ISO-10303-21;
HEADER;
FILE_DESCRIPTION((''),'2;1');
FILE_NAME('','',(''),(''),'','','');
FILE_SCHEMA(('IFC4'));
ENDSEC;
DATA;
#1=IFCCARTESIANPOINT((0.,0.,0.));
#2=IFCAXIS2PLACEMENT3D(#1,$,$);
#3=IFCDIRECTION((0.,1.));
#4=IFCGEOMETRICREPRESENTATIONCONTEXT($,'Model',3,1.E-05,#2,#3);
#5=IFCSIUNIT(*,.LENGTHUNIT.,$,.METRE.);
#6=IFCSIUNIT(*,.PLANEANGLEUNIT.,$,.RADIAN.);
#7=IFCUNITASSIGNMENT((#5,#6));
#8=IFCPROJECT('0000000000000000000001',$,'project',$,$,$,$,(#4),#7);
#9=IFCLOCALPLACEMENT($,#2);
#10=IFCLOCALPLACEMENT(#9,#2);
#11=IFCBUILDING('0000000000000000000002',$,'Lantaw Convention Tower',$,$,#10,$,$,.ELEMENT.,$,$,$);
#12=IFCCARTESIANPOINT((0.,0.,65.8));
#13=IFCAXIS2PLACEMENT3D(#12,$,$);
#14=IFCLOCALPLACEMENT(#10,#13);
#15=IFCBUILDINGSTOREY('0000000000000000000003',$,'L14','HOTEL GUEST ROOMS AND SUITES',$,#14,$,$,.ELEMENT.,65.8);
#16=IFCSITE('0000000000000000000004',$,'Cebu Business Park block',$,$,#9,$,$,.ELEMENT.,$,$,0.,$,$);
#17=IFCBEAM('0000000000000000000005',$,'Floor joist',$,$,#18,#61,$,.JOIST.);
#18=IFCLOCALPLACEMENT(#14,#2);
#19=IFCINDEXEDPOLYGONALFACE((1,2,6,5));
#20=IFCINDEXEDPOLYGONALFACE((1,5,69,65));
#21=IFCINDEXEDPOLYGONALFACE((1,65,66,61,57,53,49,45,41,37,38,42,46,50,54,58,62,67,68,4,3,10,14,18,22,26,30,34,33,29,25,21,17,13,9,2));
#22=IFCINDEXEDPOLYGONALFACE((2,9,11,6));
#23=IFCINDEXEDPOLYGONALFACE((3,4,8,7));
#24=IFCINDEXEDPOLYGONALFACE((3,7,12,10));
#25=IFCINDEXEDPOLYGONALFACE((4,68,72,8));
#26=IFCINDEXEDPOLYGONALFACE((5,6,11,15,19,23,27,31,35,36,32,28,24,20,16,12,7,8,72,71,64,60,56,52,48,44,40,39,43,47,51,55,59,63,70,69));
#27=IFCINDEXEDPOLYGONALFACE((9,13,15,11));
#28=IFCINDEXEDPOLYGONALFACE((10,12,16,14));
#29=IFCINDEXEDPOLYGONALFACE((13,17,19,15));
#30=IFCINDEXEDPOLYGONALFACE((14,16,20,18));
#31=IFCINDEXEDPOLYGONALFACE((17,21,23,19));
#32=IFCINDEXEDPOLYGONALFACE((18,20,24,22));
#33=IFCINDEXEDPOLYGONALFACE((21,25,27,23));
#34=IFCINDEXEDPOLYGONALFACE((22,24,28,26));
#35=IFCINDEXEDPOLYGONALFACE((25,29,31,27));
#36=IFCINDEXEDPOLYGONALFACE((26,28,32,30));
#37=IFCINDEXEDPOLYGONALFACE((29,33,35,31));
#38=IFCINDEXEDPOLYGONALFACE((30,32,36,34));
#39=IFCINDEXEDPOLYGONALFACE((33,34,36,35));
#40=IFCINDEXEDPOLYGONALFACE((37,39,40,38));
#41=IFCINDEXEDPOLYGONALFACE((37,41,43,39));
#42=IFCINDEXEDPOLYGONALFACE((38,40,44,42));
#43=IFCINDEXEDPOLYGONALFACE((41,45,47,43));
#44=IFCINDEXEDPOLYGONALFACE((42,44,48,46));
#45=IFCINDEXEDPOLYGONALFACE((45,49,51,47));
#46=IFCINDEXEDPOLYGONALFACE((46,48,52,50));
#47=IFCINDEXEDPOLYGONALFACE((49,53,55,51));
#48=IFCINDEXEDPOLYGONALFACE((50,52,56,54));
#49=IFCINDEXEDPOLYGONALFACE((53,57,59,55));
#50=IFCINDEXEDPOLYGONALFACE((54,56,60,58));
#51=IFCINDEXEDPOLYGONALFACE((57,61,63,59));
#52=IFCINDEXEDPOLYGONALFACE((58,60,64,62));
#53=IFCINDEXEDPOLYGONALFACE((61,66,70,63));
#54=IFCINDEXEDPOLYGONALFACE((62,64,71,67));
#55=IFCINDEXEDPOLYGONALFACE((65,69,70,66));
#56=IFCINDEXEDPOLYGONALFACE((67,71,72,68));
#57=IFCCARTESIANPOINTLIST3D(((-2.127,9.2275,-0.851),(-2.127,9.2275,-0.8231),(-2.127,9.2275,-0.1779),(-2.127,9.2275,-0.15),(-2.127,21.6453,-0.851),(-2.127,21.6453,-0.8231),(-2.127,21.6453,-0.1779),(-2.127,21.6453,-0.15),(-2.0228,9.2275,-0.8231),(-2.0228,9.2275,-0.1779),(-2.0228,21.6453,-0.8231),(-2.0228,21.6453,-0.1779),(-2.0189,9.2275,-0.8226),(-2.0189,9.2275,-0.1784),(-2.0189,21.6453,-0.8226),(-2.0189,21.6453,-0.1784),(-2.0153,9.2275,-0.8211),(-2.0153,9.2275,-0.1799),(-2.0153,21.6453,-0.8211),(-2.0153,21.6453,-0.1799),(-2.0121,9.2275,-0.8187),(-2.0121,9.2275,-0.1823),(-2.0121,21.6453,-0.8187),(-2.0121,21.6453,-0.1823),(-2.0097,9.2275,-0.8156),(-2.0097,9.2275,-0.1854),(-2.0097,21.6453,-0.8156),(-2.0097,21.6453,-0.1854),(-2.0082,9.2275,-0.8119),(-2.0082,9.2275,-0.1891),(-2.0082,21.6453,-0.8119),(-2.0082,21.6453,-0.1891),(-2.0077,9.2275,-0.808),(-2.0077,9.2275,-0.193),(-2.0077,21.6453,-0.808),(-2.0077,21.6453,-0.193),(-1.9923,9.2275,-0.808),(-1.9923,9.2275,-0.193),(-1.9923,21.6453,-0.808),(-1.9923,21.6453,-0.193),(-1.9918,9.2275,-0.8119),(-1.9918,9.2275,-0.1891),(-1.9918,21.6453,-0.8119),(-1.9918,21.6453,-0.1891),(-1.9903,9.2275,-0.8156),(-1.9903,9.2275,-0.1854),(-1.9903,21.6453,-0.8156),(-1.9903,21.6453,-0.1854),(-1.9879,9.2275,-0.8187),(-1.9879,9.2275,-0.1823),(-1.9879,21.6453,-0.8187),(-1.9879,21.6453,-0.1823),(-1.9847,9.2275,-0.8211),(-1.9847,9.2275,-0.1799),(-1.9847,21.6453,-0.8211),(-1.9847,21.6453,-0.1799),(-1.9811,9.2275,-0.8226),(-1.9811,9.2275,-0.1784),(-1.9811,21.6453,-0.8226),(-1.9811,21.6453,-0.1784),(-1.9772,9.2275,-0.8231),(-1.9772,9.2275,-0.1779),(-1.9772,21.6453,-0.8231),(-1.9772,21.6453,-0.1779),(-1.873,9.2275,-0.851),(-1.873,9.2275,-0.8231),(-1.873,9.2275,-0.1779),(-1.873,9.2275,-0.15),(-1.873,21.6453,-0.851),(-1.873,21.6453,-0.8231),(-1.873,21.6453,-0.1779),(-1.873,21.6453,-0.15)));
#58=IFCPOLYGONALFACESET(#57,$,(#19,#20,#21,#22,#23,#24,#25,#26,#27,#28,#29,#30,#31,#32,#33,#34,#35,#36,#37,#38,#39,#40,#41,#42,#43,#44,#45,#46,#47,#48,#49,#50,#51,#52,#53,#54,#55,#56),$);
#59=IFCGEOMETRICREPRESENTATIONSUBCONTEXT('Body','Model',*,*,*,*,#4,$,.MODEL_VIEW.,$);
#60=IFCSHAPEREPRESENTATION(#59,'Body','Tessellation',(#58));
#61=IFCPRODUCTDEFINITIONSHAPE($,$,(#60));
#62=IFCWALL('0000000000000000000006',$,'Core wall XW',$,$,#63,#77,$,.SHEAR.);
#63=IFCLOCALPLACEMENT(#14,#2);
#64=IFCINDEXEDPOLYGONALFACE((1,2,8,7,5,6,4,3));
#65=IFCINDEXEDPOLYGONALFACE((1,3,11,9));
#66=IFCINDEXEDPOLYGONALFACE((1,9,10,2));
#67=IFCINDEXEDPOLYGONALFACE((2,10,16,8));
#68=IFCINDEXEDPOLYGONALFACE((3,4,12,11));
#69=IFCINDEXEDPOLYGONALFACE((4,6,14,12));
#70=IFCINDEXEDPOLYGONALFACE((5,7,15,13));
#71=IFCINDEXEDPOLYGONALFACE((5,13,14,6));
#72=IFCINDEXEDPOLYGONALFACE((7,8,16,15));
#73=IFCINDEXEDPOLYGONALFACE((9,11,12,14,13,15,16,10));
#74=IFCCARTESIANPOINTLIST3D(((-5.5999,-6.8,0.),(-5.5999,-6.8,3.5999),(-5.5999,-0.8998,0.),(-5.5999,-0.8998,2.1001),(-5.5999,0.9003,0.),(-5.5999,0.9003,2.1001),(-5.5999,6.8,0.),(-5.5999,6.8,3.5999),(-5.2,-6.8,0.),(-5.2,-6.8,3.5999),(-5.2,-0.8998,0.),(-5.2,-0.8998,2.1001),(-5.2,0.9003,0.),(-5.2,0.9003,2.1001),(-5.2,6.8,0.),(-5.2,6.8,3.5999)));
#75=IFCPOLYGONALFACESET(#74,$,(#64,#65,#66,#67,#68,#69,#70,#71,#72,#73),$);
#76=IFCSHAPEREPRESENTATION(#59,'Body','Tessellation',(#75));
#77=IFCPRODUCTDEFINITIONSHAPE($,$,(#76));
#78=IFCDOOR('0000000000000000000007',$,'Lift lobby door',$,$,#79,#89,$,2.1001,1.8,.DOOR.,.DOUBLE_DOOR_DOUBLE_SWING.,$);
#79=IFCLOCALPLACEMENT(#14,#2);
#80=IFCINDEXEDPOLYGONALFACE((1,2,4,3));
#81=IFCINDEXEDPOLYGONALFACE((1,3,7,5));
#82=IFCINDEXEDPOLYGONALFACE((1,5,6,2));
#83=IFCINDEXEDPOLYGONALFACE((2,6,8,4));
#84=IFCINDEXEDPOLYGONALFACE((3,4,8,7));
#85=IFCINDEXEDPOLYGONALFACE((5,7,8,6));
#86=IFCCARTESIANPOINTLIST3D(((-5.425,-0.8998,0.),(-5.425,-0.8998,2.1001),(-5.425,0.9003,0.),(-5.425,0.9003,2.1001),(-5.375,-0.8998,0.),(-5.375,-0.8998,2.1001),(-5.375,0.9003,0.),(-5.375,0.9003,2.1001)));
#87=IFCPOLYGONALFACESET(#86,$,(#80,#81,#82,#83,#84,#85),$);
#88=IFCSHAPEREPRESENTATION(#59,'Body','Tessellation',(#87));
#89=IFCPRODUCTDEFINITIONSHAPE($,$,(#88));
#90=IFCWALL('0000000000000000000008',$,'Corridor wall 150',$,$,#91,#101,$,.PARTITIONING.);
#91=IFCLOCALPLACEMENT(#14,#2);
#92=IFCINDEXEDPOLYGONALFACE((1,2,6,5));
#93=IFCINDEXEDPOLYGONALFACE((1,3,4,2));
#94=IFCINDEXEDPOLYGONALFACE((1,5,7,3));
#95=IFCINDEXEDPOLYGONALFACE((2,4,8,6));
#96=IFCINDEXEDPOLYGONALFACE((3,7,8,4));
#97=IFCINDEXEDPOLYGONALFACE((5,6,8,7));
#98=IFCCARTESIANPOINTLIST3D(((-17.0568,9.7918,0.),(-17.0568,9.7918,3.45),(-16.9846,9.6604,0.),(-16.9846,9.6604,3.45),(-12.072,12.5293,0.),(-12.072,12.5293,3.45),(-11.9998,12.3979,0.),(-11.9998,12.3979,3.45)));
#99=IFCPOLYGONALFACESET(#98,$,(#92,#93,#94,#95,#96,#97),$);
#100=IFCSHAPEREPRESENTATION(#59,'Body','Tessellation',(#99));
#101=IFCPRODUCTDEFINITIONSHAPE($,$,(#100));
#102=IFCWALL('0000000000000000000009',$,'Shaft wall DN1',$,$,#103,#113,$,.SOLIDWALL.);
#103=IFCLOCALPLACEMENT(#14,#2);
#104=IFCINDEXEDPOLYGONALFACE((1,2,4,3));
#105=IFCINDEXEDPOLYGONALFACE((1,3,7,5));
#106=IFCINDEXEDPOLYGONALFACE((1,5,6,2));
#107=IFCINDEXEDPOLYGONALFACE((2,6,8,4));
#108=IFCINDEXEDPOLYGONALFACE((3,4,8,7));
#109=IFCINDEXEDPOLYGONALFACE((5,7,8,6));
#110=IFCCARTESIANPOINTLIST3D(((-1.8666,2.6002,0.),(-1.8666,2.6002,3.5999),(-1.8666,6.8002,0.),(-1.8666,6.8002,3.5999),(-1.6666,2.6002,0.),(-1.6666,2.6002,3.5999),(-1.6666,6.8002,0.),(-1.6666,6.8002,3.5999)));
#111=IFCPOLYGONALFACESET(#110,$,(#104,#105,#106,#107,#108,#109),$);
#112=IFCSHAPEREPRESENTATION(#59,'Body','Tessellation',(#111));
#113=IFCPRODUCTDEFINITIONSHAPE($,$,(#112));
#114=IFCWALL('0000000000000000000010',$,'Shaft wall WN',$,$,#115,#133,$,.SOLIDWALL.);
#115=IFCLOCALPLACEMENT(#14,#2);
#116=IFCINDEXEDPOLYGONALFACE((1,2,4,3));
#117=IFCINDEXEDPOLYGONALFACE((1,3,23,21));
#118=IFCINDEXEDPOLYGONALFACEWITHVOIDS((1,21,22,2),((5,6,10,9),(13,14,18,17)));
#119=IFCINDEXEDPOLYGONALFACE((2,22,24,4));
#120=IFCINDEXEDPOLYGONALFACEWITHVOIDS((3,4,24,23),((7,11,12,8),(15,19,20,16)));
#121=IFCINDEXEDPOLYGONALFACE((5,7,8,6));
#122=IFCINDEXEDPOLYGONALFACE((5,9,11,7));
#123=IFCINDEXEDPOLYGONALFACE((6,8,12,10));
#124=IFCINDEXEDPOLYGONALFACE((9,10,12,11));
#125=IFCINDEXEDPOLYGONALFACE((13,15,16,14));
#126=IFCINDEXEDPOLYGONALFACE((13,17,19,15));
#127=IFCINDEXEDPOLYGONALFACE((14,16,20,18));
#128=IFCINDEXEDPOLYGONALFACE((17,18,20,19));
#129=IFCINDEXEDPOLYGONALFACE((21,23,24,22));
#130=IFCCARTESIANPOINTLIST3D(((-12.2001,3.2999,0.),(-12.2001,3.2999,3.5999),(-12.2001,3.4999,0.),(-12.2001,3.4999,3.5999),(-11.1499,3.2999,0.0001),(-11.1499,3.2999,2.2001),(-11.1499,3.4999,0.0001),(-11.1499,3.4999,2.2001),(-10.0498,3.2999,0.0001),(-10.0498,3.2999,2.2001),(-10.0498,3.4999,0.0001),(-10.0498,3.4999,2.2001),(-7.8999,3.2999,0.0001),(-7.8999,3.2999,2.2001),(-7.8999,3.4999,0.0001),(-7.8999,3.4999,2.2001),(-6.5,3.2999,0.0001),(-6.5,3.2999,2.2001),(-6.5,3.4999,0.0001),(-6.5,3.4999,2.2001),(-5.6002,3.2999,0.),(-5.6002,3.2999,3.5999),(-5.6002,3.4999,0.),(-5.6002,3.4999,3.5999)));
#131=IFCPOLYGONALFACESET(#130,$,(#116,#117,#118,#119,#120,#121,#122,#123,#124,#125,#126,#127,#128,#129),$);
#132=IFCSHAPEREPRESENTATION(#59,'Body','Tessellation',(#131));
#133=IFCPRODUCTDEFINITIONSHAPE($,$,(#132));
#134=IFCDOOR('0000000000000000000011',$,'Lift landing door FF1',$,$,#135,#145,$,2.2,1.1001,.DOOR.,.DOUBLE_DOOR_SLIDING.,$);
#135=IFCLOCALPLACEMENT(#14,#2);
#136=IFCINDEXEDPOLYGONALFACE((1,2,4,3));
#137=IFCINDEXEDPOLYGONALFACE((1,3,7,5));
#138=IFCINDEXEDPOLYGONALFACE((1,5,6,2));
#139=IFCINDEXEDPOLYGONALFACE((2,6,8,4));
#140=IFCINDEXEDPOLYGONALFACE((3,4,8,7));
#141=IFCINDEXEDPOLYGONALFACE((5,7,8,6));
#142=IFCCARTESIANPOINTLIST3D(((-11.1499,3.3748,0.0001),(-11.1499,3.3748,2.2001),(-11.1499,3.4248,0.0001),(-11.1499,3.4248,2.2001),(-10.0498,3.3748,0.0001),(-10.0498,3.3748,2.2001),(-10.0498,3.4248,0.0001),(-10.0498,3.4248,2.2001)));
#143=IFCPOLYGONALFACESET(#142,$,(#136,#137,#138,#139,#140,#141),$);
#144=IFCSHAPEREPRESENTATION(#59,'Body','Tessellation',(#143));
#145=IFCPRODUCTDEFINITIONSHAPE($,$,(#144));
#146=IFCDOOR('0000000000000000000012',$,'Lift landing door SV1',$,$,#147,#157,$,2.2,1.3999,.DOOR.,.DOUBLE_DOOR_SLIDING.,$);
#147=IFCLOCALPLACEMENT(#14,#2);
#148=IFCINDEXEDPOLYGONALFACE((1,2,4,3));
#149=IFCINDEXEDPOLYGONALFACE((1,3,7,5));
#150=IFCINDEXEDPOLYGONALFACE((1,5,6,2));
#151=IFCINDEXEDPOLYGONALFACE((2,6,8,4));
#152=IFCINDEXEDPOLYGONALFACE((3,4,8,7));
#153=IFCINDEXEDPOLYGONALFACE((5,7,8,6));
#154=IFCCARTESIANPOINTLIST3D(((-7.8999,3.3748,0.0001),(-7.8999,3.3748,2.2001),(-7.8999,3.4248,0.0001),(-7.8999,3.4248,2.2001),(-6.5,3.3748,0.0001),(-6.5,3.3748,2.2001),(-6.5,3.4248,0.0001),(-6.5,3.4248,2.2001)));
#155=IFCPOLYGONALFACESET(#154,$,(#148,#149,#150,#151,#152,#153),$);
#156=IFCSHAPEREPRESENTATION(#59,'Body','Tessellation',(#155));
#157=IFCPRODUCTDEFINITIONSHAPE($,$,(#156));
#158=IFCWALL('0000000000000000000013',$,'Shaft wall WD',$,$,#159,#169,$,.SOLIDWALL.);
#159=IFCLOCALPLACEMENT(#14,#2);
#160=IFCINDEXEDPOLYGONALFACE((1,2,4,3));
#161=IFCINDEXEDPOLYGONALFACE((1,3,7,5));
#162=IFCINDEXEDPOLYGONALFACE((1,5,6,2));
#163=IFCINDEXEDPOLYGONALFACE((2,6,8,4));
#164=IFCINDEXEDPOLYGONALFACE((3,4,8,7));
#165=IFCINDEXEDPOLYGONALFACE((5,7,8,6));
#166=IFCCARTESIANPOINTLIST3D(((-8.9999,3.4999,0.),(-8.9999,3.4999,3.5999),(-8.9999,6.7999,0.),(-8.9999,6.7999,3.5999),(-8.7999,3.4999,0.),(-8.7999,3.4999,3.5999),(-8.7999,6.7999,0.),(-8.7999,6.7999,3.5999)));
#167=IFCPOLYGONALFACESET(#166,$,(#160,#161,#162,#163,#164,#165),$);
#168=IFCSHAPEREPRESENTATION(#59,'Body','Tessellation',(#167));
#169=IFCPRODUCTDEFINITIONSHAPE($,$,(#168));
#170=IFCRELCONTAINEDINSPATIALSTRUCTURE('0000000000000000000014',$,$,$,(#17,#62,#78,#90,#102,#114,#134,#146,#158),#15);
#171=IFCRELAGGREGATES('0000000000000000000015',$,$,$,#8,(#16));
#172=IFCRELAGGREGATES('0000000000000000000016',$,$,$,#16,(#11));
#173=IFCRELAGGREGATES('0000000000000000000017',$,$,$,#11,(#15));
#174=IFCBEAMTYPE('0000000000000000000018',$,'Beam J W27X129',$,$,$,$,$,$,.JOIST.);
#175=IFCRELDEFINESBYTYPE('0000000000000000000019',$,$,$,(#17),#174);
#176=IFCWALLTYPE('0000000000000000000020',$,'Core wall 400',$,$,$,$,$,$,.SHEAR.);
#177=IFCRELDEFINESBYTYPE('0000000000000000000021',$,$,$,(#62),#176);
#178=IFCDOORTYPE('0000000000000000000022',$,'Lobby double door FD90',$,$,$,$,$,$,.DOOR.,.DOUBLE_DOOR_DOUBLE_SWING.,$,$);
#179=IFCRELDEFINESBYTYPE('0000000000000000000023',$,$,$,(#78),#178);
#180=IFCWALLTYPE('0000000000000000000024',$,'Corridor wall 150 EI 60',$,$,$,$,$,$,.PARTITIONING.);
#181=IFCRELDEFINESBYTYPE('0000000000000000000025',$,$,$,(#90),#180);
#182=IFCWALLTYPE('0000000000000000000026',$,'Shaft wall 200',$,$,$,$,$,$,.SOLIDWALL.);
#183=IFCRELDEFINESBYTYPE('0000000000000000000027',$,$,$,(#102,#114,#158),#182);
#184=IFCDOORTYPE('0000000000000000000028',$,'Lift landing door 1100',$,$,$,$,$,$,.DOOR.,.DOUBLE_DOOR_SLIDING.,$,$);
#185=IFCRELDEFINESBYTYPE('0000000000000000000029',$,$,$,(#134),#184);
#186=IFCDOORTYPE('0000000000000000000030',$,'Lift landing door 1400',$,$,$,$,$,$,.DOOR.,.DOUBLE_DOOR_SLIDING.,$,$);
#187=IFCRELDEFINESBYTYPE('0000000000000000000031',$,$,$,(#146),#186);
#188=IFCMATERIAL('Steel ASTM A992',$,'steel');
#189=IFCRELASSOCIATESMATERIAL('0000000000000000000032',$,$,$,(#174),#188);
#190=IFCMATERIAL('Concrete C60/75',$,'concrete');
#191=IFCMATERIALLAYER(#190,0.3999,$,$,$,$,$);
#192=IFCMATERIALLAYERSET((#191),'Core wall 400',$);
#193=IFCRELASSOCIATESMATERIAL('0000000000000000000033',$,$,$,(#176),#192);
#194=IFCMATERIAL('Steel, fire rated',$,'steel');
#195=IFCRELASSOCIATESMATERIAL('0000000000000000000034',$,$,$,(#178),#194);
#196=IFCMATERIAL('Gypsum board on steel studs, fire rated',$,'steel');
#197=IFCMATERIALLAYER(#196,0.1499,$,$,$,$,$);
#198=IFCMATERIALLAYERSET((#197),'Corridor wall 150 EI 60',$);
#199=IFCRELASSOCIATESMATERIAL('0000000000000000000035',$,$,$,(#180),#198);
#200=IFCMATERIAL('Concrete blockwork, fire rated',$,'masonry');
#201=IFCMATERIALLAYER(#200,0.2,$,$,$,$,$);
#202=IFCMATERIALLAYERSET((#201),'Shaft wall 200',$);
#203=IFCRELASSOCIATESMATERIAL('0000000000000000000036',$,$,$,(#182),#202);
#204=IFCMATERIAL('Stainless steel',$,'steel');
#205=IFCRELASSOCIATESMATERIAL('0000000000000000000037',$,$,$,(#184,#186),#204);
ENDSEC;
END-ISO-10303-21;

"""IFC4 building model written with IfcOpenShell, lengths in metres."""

from ifc_helpers import new_model, si_unit, direction, frame, frame_2d, origin, origin_2d, place, context, subcontext, project, spatial, rectangle, i_section, extrude, material, layer, layer_set, material_profile, profile_set, type_object, element, fill, save


model = new_model("IFC4")

# Units and contexts
model_context = context("Model", 3, precision=1e-05, world=origin(), true_north=direction((0.0, 1.0)))
body_context = subcontext(model_context, "Body", "Model", "MODEL_VIEW")
ifc_project = project(units=[si_unit("LENGTHUNIT", "METRE"), si_unit("PLANEANGLEUNIT", "RADIAN")], contexts=[model_context])

# Site, building, storey
site_placement = place(None, origin())
site = spatial("IfcSite", under=ifc_project, at=site_placement, Name="Cebu Business Park block", CompositionType="ELEMENT", RefElevation=0.0)
building_placement = place(site_placement, origin())
building = spatial("IfcBuilding", under=site, at=building_placement, Name="Lantaw Convention Tower", CompositionType="ELEMENT")
storey_placement = place(building_placement, frame((0.0, 0.0, 65.8)))
storey = spatial("IfcBuildingStorey", under=building, at=storey_placement, Name="L14", Description="HOTEL GUEST ROOMS AND SUITES", CompositionType="ELEMENT", Elevation=65.8)

# Beam
ifc_material_1 = material(Name="Steel ASTM A992", Category="steel")
ifc_material_profile_1 = material_profile(ifc_material_1, i_section(OverallWidth=0.2539, OverallDepth=0.7009, WebThickness=0.0154, FlangeThickness=0.0278, FilletRadius=0.0151, at=origin_2d()), Name="W27X129")
ifc_profile_set_1 = profile_set([ifc_material_profile_1], Name="Steel ASTM A992")
beam_type_1 = type_object("IfcBeamType", Name="Beam J W27X129", PredefinedType="JOIST", material=ifc_profile_set_1)
beam_1_placement = place(storey_placement, frame((-2.0, 9.2275, -0.5005), z_axis=(0.0, 1.0, 0.0), x_axis=(-1.0, 0.0, 0.0)))
element("IfcBeam", 1, at=beam_1_placement, inside=storey, type_object=beam_type_1, Name="Floor joist", PredefinedType="JOIST", context=body_context, shape_type="SweptSolid", body=[
    extrude(i_section(OverallWidth=0.2539, OverallDepth=0.7009, WebThickness=0.0154, FlangeThickness=0.0278, FilletRadius=0.0151, at=origin_2d()), origin(), (0.0, 0.0, 1.0), 12.4177),
])

# Wall, opening, door
ifc_material_2 = material(Name="Concrete C60/75", Category="concrete")
ifc_layer_1 = layer(ifc_material_2, 0.3999)
ifc_layer_set_1 = layer_set([ifc_layer_1], Name="Core wall 400")
wall_type_1 = type_object("IfcWallType", Name="Core wall 400", PredefinedType="SHEAR", material=ifc_layer_set_1)
wall_1_placement = place(storey_placement, frame((-5.3999, 6.8, 0.0), z_axis=(0.0, 0.0, 1.0), x_axis=(0.0, -1.0, 0.0)))
wall_1 = element("IfcWall", 2, at=wall_1_placement, inside=storey, type_object=wall_type_1, Name="Core wall XW", PredefinedType="SHEAR", context=body_context, shape_type="SweptSolid", body=[
    extrude(rectangle(XDim=13.6001, YDim=0.3999, at=frame_2d((6.8, 0.0))), origin(), (0.0, 0.0, 1.0), 3.5999),
])
opening_1_placement = place(wall_1_placement, frame((5.8999, 0.0, 0.0)))
opening_1 = element("IfcOpeningElement", 3, at=opening_1_placement, cuts=wall_1, PredefinedType="OPENING", context=body_context, shape_type="SweptSolid", body=[
    extrude(rectangle(XDim=1.8, YDim=2.1001, at=frame_2d((0.8999, 1.05))), frame((0.0, 0.21, 0.0), z_axis=(0.0, -1.0, 0.0), x_axis=(1.0, 0.0, 0.0)), (0.0, 0.0, 1.0), 0.4199),
])
ifc_material_3 = material(Name="Steel, fire rated", Category="steel")
door_type_1 = type_object("IfcDoorType", Name="Lobby double door FD90", OperationType="DOUBLE_DOOR_DOUBLE_SWING", PredefinedType="DOOR", material=ifc_material_3)
door_1_placement = place(opening_1_placement, origin())
door_1 = element("IfcDoor", 4, at=door_1_placement, inside=storey, type_object=door_type_1, Name="Lift lobby door", OperationType="DOUBLE_DOOR_DOUBLE_SWING", OverallHeight=2.1001, OverallWidth=1.8, PredefinedType="DOOR", context=body_context, shape_type="SweptSolid", body=[
    extrude(rectangle(XDim=1.8, YDim=2.1001, at=frame_2d((0.8999, 1.05))), frame((0.0, 0.0249, 0.0), z_axis=(0.0, -1.0, 0.0), x_axis=(1.0, 0.0, 0.0)), (0.0, 0.0, 1.0), 0.05),
])
fill(opening_1, door_1)

# Walls
ifc_material_4 = material(Name="Gypsum board on steel studs, fire rated", Category="steel")
ifc_layer_2 = layer(ifc_material_4, 0.1499)
ifc_layer_set_2 = layer_set([ifc_layer_2], Name="Corridor wall 150 EI 60")
wall_type_2 = type_object("IfcWallType", Name="Corridor wall 150 EI 60", PredefinedType="PARTITIONING", material=ifc_layer_set_2)
wall_2_placement = place(storey_placement, frame((-12.0359, 12.4636, 0.0), z_axis=(0.0, 0.0, 1.0), x_axis=(-0.876522, -0.481362, 0.0)))
element("IfcWall", 5, at=wall_2_placement, inside=storey, type_object=wall_type_2, Name="Corridor wall 150", PredefinedType="PARTITIONING", context=body_context, shape_type="SweptSolid", body=[
    extrude(rectangle(XDim=5.687, YDim=0.1499, at=frame_2d((2.8435, 0.0))), origin(), (0.0, 0.0, 1.0), 3.45),
])
ifc_material_5 = material(Name="Concrete blockwork, fire rated", Category="masonry")
ifc_layer_3 = layer(ifc_material_5, 0.2)
ifc_layer_set_3 = layer_set([ifc_layer_3], Name="Shaft wall 200")
wall_type_3 = type_object("IfcWallType", Name="Shaft wall 200", PredefinedType="SOLIDWALL", material=ifc_layer_set_3)
wall_3_placement = place(storey_placement, frame((-1.7666, 2.6001, 0.0), z_axis=(0.0, 0.0, 1.0), x_axis=(0.0, 1.0, 0.0)))
element("IfcWall", 6, at=wall_3_placement, inside=storey, type_object=wall_type_3, Name="Shaft wall DN1", PredefinedType="SOLIDWALL", context=body_context, shape_type="SweptSolid", body=[
    extrude(rectangle(XDim=4.2, YDim=0.2, at=frame_2d((2.1001, 0.0))), origin(), (0.0, 0.0, 1.0), 3.5999),
])

# Wall, openings, doors
wall_4_placement = place(storey_placement, frame((-12.2, 3.3999, 0.0), z_axis=(0.0, 0.0, 1.0), x_axis=(1.0, 0.0, 0.0)))
wall_4 = element("IfcWall", 7, at=wall_4_placement, inside=storey, type_object=wall_type_3, Name="Shaft wall WN", PredefinedType="SOLIDWALL", context=body_context, shape_type="SweptSolid", body=[
    extrude(rectangle(XDim=6.5999, YDim=0.2, at=frame_2d((3.2998, 0.0))), origin(), (0.0, 0.0, 1.0), 3.5999),
])
opening_2_placement = place(wall_4_placement, frame((1.05, 0.0, 0.0)))
opening_2 = element("IfcOpeningElement", 8, at=opening_2_placement, cuts=wall_4, PredefinedType="OPENING", context=body_context, shape_type="SweptSolid", body=[
    extrude(rectangle(XDim=1.1001, YDim=2.2, at=frame_2d((0.55, 1.1001))), frame((0.0, 0.1099, 0.0), z_axis=(0.0, -1.0, 0.0), x_axis=(1.0, 0.0, 0.0)), (0.0, 0.0, 1.0), 0.22),
])
opening_3_placement = place(wall_4_placement, frame((4.3, 0.0, 0.0)))
opening_3 = element("IfcOpeningElement", 9, at=opening_3_placement, cuts=wall_4, PredefinedType="OPENING", context=body_context, shape_type="SweptSolid", body=[
    extrude(rectangle(XDim=1.3999, YDim=2.2, at=frame_2d((0.7, 1.1001))), frame((0.0, 0.1099, 0.0), z_axis=(0.0, -1.0, 0.0), x_axis=(1.0, 0.0, 0.0)), (0.0, 0.0, 1.0), 0.22),
])
ifc_material_6 = material(Name="Stainless steel", Category="steel")
door_type_2 = type_object("IfcDoorType", Name="Lift landing door 1100", OperationType="DOUBLE_DOOR_SLIDING", PredefinedType="DOOR", material=ifc_material_6)
door_2_placement = place(opening_2_placement, origin())
door_2 = element("IfcDoor", 10, at=door_2_placement, inside=storey, type_object=door_type_2, Name="Lift landing door FF1", OperationType="DOUBLE_DOOR_SLIDING", OverallHeight=2.2, OverallWidth=1.1001, PredefinedType="DOOR", context=body_context, shape_type="SweptSolid", body=[
    extrude(rectangle(XDim=1.1001, YDim=2.2, at=frame_2d((0.55, 1.1001))), frame((0.0, 0.0249, 0.0), z_axis=(0.0, -1.0, 0.0), x_axis=(1.0, 0.0, 0.0)), (0.0, 0.0, 1.0), 0.05),
])
fill(opening_2, door_2)
door_type_3 = type_object("IfcDoorType", Name="Lift landing door 1400", OperationType="DOUBLE_DOOR_SLIDING", PredefinedType="DOOR", material=ifc_material_6)
door_3_placement = place(opening_3_placement, origin())
door_3 = element("IfcDoor", 11, at=door_3_placement, inside=storey, type_object=door_type_3, Name="Lift landing door SV1", OperationType="DOUBLE_DOOR_SLIDING", OverallHeight=2.2, OverallWidth=1.3999, PredefinedType="DOOR", context=body_context, shape_type="SweptSolid", body=[
    extrude(rectangle(XDim=1.3999, YDim=2.2, at=frame_2d((0.7, 1.1001))), frame((0.0, 0.0249, 0.0), z_axis=(0.0, -1.0, 0.0), x_axis=(1.0, 0.0, 0.0)), (0.0, 0.0, 1.0), 0.05),
])
fill(opening_3, door_3)

# Wall
wall_5_placement = place(storey_placement, frame((-8.8999, 3.5, 0.0), z_axis=(0.0, 0.0, 1.0), x_axis=(0.0, 1.0, 0.0)))
element("IfcWall", 12, at=wall_5_placement, inside=storey, type_object=wall_type_3, Name="Shaft wall WD", PredefinedType="SOLIDWALL", context=body_context, shape_type="SweptSolid", body=[
    extrude(rectangle(XDim=3.3, YDim=0.2, at=frame_2d((1.6499, 0.0))), origin(), (0.0, 0.0, 1.0), 3.5999),
])

save(model, "model.ifc")
